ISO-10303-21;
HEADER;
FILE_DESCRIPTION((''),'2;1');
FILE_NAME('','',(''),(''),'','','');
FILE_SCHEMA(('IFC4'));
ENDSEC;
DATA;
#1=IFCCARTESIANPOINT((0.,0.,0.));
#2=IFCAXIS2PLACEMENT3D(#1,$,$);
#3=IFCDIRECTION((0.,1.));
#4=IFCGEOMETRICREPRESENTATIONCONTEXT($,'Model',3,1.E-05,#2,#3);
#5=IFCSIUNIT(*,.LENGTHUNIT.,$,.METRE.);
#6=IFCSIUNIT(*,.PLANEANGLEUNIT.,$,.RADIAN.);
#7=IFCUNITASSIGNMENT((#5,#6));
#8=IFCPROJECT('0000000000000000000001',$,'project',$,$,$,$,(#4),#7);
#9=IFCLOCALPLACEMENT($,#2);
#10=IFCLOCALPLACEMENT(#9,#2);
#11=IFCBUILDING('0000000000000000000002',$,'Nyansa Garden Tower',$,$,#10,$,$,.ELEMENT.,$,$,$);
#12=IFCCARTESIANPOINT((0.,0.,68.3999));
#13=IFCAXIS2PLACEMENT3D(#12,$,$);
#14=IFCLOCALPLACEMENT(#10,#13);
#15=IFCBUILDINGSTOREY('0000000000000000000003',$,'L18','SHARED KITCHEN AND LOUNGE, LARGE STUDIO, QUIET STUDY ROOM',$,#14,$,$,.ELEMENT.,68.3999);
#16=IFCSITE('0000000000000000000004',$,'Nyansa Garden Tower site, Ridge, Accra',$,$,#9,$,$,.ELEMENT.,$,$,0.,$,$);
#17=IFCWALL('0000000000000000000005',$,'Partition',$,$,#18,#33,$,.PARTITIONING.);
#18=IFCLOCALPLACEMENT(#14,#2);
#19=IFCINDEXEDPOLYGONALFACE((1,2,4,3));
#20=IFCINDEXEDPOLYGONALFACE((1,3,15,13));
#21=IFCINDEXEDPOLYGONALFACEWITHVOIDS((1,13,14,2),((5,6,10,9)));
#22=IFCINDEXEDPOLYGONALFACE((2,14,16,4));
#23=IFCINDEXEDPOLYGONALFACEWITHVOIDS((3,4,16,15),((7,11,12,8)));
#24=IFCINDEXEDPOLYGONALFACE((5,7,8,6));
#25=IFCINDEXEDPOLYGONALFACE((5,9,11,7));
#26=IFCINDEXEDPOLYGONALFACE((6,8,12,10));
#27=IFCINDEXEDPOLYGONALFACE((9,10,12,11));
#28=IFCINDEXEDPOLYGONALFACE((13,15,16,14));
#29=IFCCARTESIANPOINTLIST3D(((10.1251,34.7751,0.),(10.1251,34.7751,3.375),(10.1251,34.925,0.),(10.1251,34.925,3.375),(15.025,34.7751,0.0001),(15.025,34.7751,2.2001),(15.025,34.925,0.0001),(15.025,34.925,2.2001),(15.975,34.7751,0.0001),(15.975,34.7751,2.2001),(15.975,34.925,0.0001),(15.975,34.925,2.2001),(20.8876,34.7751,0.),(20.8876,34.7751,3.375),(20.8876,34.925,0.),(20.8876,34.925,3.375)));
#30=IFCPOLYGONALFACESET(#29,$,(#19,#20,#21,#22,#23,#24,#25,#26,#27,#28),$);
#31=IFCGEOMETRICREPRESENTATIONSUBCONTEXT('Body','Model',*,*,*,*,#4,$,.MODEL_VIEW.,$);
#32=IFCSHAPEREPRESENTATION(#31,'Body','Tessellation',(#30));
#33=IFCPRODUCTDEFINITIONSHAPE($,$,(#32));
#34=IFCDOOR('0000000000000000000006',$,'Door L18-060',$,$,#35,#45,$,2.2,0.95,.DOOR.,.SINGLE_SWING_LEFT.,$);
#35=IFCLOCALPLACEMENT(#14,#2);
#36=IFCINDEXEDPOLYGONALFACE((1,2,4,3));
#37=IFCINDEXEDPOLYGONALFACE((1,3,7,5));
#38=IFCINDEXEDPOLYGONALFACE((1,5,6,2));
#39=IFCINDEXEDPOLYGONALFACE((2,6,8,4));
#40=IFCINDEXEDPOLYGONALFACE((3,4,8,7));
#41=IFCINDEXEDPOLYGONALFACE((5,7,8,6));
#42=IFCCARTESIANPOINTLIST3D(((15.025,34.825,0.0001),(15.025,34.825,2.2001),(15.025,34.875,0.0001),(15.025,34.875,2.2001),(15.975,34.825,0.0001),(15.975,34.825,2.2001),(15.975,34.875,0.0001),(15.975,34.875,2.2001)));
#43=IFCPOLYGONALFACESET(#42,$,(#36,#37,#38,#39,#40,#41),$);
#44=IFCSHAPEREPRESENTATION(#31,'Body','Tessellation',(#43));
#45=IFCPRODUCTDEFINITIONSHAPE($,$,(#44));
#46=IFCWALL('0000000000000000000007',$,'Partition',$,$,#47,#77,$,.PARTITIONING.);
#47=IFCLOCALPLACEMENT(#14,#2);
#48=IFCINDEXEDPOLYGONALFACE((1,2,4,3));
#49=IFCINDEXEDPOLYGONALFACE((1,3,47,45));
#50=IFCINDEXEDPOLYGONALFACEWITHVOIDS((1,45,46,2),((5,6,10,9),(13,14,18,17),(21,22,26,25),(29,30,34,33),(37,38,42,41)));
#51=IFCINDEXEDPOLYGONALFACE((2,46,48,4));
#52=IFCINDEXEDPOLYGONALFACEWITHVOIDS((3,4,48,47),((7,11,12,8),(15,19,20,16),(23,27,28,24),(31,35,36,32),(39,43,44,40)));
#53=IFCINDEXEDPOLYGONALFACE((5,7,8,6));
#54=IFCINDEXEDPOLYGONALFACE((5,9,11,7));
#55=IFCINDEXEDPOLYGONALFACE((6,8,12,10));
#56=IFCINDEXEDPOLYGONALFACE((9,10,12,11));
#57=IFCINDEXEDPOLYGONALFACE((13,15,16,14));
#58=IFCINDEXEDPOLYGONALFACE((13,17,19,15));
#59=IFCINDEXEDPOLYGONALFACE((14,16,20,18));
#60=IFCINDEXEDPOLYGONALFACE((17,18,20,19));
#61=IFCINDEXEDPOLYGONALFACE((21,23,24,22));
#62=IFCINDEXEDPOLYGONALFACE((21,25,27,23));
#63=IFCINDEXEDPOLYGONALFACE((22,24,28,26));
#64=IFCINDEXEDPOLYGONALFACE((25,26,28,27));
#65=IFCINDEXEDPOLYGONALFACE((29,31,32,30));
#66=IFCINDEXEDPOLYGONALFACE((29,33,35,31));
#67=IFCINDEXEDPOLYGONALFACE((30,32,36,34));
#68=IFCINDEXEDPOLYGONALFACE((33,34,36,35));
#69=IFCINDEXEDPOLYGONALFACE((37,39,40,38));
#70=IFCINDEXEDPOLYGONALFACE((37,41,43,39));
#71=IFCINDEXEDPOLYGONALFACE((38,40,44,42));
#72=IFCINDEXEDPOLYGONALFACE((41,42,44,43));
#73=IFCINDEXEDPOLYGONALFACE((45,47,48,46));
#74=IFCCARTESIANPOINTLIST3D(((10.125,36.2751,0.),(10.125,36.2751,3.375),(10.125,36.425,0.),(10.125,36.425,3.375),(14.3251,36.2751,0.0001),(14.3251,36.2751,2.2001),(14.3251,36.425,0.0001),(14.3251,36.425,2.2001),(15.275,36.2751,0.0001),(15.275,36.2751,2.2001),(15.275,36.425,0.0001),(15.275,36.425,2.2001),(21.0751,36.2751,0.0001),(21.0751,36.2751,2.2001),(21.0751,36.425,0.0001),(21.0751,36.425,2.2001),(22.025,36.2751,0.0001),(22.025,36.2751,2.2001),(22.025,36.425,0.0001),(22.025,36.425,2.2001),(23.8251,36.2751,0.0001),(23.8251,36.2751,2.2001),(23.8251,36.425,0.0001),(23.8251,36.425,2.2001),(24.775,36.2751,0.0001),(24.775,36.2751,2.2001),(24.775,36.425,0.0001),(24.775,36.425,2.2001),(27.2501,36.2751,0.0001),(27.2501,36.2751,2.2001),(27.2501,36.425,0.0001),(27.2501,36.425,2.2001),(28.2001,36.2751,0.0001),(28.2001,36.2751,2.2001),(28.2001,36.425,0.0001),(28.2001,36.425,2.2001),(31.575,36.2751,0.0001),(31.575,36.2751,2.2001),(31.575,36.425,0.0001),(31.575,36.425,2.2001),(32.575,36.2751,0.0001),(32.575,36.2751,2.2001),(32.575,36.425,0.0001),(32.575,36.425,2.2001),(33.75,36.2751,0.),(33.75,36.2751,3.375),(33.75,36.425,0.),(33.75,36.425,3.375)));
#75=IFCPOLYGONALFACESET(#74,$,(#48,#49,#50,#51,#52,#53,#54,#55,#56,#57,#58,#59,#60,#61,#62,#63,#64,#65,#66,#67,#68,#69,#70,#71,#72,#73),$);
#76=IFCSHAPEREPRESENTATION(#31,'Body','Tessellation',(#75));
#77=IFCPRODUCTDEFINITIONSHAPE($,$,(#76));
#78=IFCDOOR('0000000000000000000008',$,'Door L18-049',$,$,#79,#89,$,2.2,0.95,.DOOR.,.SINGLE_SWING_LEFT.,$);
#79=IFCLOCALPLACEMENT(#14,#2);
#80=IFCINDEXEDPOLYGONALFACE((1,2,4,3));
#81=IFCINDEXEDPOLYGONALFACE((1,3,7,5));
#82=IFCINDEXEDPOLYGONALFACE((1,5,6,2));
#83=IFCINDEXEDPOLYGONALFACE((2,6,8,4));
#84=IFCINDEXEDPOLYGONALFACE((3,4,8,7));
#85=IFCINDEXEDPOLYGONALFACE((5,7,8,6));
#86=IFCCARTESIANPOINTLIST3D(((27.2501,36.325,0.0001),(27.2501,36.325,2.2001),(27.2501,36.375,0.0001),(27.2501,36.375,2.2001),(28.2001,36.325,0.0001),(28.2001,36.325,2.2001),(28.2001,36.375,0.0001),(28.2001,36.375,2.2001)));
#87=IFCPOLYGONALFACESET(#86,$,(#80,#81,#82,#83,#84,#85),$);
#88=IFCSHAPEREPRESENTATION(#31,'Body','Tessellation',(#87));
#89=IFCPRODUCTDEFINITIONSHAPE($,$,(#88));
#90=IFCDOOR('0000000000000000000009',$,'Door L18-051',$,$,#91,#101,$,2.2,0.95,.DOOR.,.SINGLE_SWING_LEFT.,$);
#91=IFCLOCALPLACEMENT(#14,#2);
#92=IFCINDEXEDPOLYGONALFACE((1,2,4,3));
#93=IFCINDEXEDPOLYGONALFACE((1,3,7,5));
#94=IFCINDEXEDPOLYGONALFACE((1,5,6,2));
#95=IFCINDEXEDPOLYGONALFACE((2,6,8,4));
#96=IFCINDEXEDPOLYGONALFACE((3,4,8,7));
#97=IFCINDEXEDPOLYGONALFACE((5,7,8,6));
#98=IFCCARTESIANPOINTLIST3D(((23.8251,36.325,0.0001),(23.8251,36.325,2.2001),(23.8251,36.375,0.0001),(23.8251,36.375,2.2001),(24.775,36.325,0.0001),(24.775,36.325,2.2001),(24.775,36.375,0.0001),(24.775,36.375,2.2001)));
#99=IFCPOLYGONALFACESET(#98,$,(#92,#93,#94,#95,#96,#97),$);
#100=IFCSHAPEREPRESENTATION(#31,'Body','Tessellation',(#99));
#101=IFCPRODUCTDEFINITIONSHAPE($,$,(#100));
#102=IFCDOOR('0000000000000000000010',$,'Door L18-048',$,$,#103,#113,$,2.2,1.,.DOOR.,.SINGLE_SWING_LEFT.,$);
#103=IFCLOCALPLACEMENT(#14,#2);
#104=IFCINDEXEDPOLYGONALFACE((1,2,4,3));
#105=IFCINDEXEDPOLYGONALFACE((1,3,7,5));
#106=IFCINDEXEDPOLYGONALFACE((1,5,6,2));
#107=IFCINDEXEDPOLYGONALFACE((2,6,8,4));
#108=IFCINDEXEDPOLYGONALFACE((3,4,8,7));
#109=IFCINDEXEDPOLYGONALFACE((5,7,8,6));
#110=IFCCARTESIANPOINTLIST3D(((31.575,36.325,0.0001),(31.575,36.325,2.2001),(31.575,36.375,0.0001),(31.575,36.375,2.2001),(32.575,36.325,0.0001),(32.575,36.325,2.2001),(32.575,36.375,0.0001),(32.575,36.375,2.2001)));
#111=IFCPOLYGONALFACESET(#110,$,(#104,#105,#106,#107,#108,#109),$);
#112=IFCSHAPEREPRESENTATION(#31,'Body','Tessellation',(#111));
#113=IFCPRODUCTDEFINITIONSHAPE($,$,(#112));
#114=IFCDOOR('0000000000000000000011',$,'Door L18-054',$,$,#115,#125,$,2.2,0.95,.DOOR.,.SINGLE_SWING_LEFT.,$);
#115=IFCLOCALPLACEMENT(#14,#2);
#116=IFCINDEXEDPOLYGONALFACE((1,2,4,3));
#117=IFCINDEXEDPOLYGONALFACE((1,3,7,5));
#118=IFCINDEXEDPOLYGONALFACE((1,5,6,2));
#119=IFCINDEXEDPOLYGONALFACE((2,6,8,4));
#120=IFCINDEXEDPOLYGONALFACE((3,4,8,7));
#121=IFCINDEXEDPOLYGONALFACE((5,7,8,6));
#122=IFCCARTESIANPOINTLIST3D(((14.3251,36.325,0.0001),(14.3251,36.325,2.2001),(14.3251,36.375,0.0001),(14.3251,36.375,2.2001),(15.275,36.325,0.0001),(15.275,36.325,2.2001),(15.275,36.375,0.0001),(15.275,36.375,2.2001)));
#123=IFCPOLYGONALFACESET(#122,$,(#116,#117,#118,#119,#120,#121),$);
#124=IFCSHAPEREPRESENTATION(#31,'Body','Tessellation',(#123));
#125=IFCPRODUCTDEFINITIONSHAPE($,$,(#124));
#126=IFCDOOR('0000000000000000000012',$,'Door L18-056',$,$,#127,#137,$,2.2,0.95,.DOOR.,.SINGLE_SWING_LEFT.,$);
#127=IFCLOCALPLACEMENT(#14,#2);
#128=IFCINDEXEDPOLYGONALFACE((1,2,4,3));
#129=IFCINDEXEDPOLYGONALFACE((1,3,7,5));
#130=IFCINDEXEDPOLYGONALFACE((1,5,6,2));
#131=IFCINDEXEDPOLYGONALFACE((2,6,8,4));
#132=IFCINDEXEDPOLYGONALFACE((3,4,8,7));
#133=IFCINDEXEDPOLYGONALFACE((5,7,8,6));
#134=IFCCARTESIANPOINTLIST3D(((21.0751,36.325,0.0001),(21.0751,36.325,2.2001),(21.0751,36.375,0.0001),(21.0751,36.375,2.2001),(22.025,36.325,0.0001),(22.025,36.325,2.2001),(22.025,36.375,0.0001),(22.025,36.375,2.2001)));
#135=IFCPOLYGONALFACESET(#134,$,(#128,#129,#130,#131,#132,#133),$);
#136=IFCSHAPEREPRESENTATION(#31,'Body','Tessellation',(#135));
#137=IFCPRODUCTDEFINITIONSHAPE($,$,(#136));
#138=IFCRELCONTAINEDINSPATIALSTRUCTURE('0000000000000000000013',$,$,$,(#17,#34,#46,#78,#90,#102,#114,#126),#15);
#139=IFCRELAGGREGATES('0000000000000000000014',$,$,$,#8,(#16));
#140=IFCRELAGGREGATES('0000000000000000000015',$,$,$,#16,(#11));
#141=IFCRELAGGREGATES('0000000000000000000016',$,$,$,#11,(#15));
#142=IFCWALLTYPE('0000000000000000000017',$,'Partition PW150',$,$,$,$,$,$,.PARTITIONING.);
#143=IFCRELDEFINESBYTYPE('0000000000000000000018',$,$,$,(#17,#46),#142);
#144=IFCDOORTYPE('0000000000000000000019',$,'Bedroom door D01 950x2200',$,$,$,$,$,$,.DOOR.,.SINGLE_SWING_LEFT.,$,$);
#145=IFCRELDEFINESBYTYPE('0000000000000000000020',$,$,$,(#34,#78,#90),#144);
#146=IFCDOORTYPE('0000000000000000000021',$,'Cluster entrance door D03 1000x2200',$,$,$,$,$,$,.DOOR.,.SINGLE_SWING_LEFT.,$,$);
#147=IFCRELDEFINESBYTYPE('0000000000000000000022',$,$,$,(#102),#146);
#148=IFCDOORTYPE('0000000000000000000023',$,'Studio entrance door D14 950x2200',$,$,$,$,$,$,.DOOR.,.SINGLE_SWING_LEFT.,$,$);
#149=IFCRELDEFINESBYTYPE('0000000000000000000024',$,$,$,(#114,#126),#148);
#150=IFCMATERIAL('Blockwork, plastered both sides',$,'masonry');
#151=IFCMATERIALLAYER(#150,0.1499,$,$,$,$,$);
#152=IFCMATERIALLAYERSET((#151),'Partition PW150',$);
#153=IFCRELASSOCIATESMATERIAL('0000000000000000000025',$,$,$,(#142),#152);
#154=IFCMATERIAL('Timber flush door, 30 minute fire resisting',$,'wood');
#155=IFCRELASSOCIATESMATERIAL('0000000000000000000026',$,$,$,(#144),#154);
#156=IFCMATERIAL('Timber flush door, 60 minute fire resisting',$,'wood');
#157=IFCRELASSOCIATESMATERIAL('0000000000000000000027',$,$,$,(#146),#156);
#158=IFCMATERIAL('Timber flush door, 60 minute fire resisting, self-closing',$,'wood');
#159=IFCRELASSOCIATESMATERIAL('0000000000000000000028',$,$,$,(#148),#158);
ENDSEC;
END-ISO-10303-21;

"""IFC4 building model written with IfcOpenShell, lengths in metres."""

from ifc_helpers import new_model, si_unit, direction, frame, frame_2d, origin, place, context, subcontext, project, spatial, rectangle, extrude, material, layer, layer_set, type_object, element, fill, save


model = new_model("IFC4")

# Units and contexts
model_context = context("Model", 3, precision=1e-05, world=origin(), true_north=direction((0.0, 1.0)))
body_context = subcontext(model_context, "Body", "Model", "MODEL_VIEW")
ifc_project = project(units=[si_unit("LENGTHUNIT", "METRE"), si_unit("PLANEANGLEUNIT", "RADIAN")], contexts=[model_context])

# Site, building, storey
site_placement = place(None, origin())
site = spatial("IfcSite", under=ifc_project, at=site_placement, Name="Nyansa Garden Tower site, Ridge, Accra", CompositionType="ELEMENT", RefElevation=0.0)
building_placement = place(site_placement, origin())
building = spatial("IfcBuilding", under=site, at=building_placement, Name="Nyansa Garden Tower", CompositionType="ELEMENT")
storey_placement = place(building_placement, frame((0.0, 0.0, 68.3999)))
storey = spatial("IfcBuildingStorey", under=building, at=storey_placement, Name="L18", Description="SHARED KITCHEN AND LOUNGE, LARGE STUDIO, QUIET STUDY ROOM", CompositionType="ELEMENT", Elevation=68.3999)

# Wall, opening, door
ifc_material_1 = material(Name="Blockwork, plastered both sides", Category="masonry")
ifc_layer_1 = layer(ifc_material_1, 0.1499)
ifc_layer_set_1 = layer_set([ifc_layer_1], Name="Partition PW150")
wall_type_1 = type_object("IfcWallType", Name="Partition PW150", PredefinedType="PARTITIONING", material=ifc_layer_set_1)
wall_1_placement = place(storey_placement, frame((10.125, 34.8501, 0.0), z_axis=(0.0, 0.0, 1.0), x_axis=(1.0, 0.0, 0.0)))
wall_1 = element("IfcWall", 1, at=wall_1_placement, inside=storey, type_object=wall_type_1, Name="Partition", PredefinedType="PARTITIONING", context=body_context, shape_type="SweptSolid", body=[
    extrude(rectangle(XDim=10.7625, YDim=0.1499, at=frame_2d((5.3813, 0.0))), origin(), (0.0, 0.0, 1.0), 3.375),
])
opening_1_placement = place(wall_1_placement, frame((4.8999, 0.0, 0.0)))
opening_1 = element("IfcOpeningElement", 2, at=opening_1_placement, cuts=wall_1, PredefinedType="OPENING", context=body_context, shape_type="SweptSolid", body=[
    extrude(rectangle(XDim=0.95, YDim=2.2, at=frame_2d((0.4751, 1.1001))), frame((0.0, 0.085, 0.0), z_axis=(0.0, -1.0, 0.0), x_axis=(1.0, 0.0, 0.0)), (0.0, 0.0, 1.0), 0.1699),
])
ifc_material_2 = material(Name="Timber flush door, 30 minute fire resisting", Category="wood")
door_type_1 = type_object("IfcDoorType", Name="Bedroom door D01 950x2200", OperationType="SINGLE_SWING_LEFT", PredefinedType="DOOR", material=ifc_material_2)
door_1_placement = place(opening_1_placement, origin())
door_1 = element("IfcDoor", 3, at=door_1_placement, inside=storey, type_object=door_type_1, Name="Door L18-060", OperationType="SINGLE_SWING_LEFT", OverallHeight=2.2, OverallWidth=0.95, PredefinedType="DOOR", context=body_context, shape_type="SweptSolid", body=[
    extrude(rectangle(XDim=0.95, YDim=2.2, at=frame_2d((0.4751, 1.1001))), frame((0.0, 0.0249, 0.0), z_axis=(0.0, -1.0, 0.0), x_axis=(1.0, 0.0, 0.0)), (0.0, 0.0, 1.0), 0.05),
])
fill(opening_1, door_1)

# Wall, openings, doors
wall_2_placement = place(storey_placement, frame((10.125, 36.3501, 0.0), z_axis=(0.0, 0.0, 1.0), x_axis=(1.0, 0.0, 0.0)))
wall_2 = element("IfcWall", 4, at=wall_2_placement, inside=storey, type_object=wall_type_1, Name="Partition", PredefinedType="PARTITIONING", context=body_context, shape_type="SweptSolid", body=[
    extrude(rectangle(XDim=23.625, YDim=0.1499, at=frame_2d((11.8125, 0.0))), origin(), (0.0, 0.0, 1.0), 3.375),
])
opening_2_placement = place(wall_2_placement, frame((21.45, 0.0, 0.0)))
opening_2 = element("IfcOpeningElement", 5, at=opening_2_placement, cuts=wall_2, PredefinedType="OPENING", context=body_context, shape_type="SweptSolid", body=[
    extrude(rectangle(XDim=1.0, YDim=2.2, at=frame_2d((0.5, 1.1001))), frame((0.0, 0.085, 0.0), z_axis=(0.0, -1.0, 0.0), x_axis=(1.0, 0.0, 0.0)), (0.0, 0.0, 1.0), 0.1699),
])
opening_3_placement = place(wall_2_placement, frame((17.125, 0.0, 0.0)))
opening_3 = element("IfcOpeningElement", 6, at=opening_3_placement, cuts=wall_2, PredefinedType="OPENING", context=body_context, shape_type="SweptSolid", body=[
    extrude(rectangle(XDim=0.95, YDim=2.2, at=frame_2d((0.4751, 1.1001))), frame((0.0, 0.085, 0.0), z_axis=(0.0, -1.0, 0.0), x_axis=(1.0, 0.0, 0.0)), (0.0, 0.0, 1.0), 0.1699),
])
opening_4_placement = place(wall_2_placement, frame((13.7, 0.0, 0.0)))
opening_4 = element("IfcOpeningElement", 7, at=opening_4_placement, cuts=wall_2, PredefinedType="OPENING", context=body_context, shape_type="SweptSolid", body=[
    extrude(rectangle(XDim=0.95, YDim=2.2, at=frame_2d((0.4751, 1.1001))), frame((0.0, 0.085, 0.0), z_axis=(0.0, -1.0, 0.0), x_axis=(1.0, 0.0, 0.0)), (0.0, 0.0, 1.0), 0.1699),
])
opening_5_placement = place(wall_2_placement, frame((4.2, 0.0, 0.0)))
opening_5 = element("IfcOpeningElement", 8, at=opening_5_placement, cuts=wall_2, PredefinedType="OPENING", context=body_context, shape_type="SweptSolid", body=[
    extrude(rectangle(XDim=0.95, YDim=2.2, at=frame_2d((0.4751, 1.1001))), frame((0.0, 0.085, 0.0), z_axis=(0.0, -1.0, 0.0), x_axis=(1.0, 0.0, 0.0)), (0.0, 0.0, 1.0), 0.1699),
])
opening_6_placement = place(wall_2_placement, frame((10.95, 0.0, 0.0)))
opening_6 = element("IfcOpeningElement", 9, at=opening_6_placement, cuts=wall_2, PredefinedType="OPENING", context=body_context, shape_type="SweptSolid", body=[
    extrude(rectangle(XDim=0.95, YDim=2.2, at=frame_2d((0.4751, 1.1001))), frame((0.0, 0.085, 0.0), z_axis=(0.0, -1.0, 0.0), x_axis=(1.0, 0.0, 0.0)), (0.0, 0.0, 1.0), 0.1699),
])
door_2_placement = place(opening_3_placement, origin())
door_2 = element("IfcDoor", 10, at=door_2_placement, inside=storey, type_object=door_type_1, Name="Door L18-049", OperationType="SINGLE_SWING_LEFT", OverallHeight=2.2, OverallWidth=0.95, PredefinedType="DOOR", context=body_context, shape_type="SweptSolid", body=[
    extrude(rectangle(XDim=0.95, YDim=2.2, at=frame_2d((0.4751, 1.1001))), frame((0.0, 0.0249, 0.0), z_axis=(0.0, -1.0, 0.0), x_axis=(1.0, 0.0, 0.0)), (0.0, 0.0, 1.0), 0.05),
])
fill(opening_3, door_2)
door_3_placement = place(opening_4_placement, origin())
door_3 = element("IfcDoor", 11, at=door_3_placement, inside=storey, type_object=door_type_1, Name="Door L18-051", OperationType="SINGLE_SWING_LEFT", OverallHeight=2.2, OverallWidth=0.95, PredefinedType="DOOR", context=body_context, shape_type="SweptSolid", body=[
    extrude(rectangle(XDim=0.95, YDim=2.2, at=frame_2d((0.4751, 1.1001))), frame((0.0, 0.0249, 0.0), z_axis=(0.0, -1.0, 0.0), x_axis=(1.0, 0.0, 0.0)), (0.0, 0.0, 1.0), 0.05),
])
fill(opening_4, door_3)
ifc_material_3 = material(Name="Timber flush door, 60 minute fire resisting", Category="wood")
door_type_2 = type_object("IfcDoorType", Name="Cluster entrance door D03 1000x2200", OperationType="SINGLE_SWING_LEFT", PredefinedType="DOOR", material=ifc_material_3)
door_4_placement = place(opening_2_placement, origin())
door_4 = element("IfcDoor", 12, at=door_4_placement, inside=storey, type_object=door_type_2, Name="Door L18-048", OperationType="SINGLE_SWING_LEFT", OverallHeight=2.2, OverallWidth=1.0, PredefinedType="DOOR", context=body_context, shape_type="SweptSolid", body=[
    extrude(rectangle(XDim=1.0, YDim=2.2, at=frame_2d((0.5, 1.1001))), frame((0.0, 0.0249, 0.0), z_axis=(0.0, -1.0, 0.0), x_axis=(1.0, 0.0, 0.0)), (0.0, 0.0, 1.0), 0.05),
])
fill(opening_2, door_4)
ifc_material_4 = material(Name="Timber flush door, 60 minute fire resisting, self-closing", Category="wood")
door_type_3 = type_object("IfcDoorType", Name="Studio entrance door D14 950x2200", OperationType="SINGLE_SWING_LEFT", PredefinedType="DOOR", material=ifc_material_4)
door_5_placement = place(opening_5_placement, origin())
door_5 = element("IfcDoor", 13, at=door_5_placement, inside=storey, type_object=door_type_3, Name="Door L18-054", OperationType="SINGLE_SWING_LEFT", OverallHeight=2.2, OverallWidth=0.95, PredefinedType="DOOR", context=body_context, shape_type="SweptSolid", body=[
    extrude(rectangle(XDim=0.95, YDim=2.2, at=frame_2d((0.4751, 1.1001))), frame((0.0, 0.0249, 0.0), z_axis=(0.0, -1.0, 0.0), x_axis=(1.0, 0.0, 0.0)), (0.0, 0.0, 1.0), 0.05),
])
fill(opening_5, door_5)
door_6_placement = place(opening_6_placement, origin())
door_6 = element("IfcDoor", 14, at=door_6_placement, inside=storey, type_object=door_type_3, Name="Door L18-056", OperationType="SINGLE_SWING_LEFT", OverallHeight=2.2, OverallWidth=0.95, PredefinedType="DOOR", context=body_context, shape_type="SweptSolid", body=[
    extrude(rectangle(XDim=0.95, YDim=2.2, at=frame_2d((0.4751, 1.1001))), frame((0.0, 0.0249, 0.0), z_axis=(0.0, -1.0, 0.0), x_axis=(1.0, 0.0, 0.0)), (0.0, 0.0, 1.0), 0.05),
])
fill(opening_6, door_6)

save(model, "model.ifc")
